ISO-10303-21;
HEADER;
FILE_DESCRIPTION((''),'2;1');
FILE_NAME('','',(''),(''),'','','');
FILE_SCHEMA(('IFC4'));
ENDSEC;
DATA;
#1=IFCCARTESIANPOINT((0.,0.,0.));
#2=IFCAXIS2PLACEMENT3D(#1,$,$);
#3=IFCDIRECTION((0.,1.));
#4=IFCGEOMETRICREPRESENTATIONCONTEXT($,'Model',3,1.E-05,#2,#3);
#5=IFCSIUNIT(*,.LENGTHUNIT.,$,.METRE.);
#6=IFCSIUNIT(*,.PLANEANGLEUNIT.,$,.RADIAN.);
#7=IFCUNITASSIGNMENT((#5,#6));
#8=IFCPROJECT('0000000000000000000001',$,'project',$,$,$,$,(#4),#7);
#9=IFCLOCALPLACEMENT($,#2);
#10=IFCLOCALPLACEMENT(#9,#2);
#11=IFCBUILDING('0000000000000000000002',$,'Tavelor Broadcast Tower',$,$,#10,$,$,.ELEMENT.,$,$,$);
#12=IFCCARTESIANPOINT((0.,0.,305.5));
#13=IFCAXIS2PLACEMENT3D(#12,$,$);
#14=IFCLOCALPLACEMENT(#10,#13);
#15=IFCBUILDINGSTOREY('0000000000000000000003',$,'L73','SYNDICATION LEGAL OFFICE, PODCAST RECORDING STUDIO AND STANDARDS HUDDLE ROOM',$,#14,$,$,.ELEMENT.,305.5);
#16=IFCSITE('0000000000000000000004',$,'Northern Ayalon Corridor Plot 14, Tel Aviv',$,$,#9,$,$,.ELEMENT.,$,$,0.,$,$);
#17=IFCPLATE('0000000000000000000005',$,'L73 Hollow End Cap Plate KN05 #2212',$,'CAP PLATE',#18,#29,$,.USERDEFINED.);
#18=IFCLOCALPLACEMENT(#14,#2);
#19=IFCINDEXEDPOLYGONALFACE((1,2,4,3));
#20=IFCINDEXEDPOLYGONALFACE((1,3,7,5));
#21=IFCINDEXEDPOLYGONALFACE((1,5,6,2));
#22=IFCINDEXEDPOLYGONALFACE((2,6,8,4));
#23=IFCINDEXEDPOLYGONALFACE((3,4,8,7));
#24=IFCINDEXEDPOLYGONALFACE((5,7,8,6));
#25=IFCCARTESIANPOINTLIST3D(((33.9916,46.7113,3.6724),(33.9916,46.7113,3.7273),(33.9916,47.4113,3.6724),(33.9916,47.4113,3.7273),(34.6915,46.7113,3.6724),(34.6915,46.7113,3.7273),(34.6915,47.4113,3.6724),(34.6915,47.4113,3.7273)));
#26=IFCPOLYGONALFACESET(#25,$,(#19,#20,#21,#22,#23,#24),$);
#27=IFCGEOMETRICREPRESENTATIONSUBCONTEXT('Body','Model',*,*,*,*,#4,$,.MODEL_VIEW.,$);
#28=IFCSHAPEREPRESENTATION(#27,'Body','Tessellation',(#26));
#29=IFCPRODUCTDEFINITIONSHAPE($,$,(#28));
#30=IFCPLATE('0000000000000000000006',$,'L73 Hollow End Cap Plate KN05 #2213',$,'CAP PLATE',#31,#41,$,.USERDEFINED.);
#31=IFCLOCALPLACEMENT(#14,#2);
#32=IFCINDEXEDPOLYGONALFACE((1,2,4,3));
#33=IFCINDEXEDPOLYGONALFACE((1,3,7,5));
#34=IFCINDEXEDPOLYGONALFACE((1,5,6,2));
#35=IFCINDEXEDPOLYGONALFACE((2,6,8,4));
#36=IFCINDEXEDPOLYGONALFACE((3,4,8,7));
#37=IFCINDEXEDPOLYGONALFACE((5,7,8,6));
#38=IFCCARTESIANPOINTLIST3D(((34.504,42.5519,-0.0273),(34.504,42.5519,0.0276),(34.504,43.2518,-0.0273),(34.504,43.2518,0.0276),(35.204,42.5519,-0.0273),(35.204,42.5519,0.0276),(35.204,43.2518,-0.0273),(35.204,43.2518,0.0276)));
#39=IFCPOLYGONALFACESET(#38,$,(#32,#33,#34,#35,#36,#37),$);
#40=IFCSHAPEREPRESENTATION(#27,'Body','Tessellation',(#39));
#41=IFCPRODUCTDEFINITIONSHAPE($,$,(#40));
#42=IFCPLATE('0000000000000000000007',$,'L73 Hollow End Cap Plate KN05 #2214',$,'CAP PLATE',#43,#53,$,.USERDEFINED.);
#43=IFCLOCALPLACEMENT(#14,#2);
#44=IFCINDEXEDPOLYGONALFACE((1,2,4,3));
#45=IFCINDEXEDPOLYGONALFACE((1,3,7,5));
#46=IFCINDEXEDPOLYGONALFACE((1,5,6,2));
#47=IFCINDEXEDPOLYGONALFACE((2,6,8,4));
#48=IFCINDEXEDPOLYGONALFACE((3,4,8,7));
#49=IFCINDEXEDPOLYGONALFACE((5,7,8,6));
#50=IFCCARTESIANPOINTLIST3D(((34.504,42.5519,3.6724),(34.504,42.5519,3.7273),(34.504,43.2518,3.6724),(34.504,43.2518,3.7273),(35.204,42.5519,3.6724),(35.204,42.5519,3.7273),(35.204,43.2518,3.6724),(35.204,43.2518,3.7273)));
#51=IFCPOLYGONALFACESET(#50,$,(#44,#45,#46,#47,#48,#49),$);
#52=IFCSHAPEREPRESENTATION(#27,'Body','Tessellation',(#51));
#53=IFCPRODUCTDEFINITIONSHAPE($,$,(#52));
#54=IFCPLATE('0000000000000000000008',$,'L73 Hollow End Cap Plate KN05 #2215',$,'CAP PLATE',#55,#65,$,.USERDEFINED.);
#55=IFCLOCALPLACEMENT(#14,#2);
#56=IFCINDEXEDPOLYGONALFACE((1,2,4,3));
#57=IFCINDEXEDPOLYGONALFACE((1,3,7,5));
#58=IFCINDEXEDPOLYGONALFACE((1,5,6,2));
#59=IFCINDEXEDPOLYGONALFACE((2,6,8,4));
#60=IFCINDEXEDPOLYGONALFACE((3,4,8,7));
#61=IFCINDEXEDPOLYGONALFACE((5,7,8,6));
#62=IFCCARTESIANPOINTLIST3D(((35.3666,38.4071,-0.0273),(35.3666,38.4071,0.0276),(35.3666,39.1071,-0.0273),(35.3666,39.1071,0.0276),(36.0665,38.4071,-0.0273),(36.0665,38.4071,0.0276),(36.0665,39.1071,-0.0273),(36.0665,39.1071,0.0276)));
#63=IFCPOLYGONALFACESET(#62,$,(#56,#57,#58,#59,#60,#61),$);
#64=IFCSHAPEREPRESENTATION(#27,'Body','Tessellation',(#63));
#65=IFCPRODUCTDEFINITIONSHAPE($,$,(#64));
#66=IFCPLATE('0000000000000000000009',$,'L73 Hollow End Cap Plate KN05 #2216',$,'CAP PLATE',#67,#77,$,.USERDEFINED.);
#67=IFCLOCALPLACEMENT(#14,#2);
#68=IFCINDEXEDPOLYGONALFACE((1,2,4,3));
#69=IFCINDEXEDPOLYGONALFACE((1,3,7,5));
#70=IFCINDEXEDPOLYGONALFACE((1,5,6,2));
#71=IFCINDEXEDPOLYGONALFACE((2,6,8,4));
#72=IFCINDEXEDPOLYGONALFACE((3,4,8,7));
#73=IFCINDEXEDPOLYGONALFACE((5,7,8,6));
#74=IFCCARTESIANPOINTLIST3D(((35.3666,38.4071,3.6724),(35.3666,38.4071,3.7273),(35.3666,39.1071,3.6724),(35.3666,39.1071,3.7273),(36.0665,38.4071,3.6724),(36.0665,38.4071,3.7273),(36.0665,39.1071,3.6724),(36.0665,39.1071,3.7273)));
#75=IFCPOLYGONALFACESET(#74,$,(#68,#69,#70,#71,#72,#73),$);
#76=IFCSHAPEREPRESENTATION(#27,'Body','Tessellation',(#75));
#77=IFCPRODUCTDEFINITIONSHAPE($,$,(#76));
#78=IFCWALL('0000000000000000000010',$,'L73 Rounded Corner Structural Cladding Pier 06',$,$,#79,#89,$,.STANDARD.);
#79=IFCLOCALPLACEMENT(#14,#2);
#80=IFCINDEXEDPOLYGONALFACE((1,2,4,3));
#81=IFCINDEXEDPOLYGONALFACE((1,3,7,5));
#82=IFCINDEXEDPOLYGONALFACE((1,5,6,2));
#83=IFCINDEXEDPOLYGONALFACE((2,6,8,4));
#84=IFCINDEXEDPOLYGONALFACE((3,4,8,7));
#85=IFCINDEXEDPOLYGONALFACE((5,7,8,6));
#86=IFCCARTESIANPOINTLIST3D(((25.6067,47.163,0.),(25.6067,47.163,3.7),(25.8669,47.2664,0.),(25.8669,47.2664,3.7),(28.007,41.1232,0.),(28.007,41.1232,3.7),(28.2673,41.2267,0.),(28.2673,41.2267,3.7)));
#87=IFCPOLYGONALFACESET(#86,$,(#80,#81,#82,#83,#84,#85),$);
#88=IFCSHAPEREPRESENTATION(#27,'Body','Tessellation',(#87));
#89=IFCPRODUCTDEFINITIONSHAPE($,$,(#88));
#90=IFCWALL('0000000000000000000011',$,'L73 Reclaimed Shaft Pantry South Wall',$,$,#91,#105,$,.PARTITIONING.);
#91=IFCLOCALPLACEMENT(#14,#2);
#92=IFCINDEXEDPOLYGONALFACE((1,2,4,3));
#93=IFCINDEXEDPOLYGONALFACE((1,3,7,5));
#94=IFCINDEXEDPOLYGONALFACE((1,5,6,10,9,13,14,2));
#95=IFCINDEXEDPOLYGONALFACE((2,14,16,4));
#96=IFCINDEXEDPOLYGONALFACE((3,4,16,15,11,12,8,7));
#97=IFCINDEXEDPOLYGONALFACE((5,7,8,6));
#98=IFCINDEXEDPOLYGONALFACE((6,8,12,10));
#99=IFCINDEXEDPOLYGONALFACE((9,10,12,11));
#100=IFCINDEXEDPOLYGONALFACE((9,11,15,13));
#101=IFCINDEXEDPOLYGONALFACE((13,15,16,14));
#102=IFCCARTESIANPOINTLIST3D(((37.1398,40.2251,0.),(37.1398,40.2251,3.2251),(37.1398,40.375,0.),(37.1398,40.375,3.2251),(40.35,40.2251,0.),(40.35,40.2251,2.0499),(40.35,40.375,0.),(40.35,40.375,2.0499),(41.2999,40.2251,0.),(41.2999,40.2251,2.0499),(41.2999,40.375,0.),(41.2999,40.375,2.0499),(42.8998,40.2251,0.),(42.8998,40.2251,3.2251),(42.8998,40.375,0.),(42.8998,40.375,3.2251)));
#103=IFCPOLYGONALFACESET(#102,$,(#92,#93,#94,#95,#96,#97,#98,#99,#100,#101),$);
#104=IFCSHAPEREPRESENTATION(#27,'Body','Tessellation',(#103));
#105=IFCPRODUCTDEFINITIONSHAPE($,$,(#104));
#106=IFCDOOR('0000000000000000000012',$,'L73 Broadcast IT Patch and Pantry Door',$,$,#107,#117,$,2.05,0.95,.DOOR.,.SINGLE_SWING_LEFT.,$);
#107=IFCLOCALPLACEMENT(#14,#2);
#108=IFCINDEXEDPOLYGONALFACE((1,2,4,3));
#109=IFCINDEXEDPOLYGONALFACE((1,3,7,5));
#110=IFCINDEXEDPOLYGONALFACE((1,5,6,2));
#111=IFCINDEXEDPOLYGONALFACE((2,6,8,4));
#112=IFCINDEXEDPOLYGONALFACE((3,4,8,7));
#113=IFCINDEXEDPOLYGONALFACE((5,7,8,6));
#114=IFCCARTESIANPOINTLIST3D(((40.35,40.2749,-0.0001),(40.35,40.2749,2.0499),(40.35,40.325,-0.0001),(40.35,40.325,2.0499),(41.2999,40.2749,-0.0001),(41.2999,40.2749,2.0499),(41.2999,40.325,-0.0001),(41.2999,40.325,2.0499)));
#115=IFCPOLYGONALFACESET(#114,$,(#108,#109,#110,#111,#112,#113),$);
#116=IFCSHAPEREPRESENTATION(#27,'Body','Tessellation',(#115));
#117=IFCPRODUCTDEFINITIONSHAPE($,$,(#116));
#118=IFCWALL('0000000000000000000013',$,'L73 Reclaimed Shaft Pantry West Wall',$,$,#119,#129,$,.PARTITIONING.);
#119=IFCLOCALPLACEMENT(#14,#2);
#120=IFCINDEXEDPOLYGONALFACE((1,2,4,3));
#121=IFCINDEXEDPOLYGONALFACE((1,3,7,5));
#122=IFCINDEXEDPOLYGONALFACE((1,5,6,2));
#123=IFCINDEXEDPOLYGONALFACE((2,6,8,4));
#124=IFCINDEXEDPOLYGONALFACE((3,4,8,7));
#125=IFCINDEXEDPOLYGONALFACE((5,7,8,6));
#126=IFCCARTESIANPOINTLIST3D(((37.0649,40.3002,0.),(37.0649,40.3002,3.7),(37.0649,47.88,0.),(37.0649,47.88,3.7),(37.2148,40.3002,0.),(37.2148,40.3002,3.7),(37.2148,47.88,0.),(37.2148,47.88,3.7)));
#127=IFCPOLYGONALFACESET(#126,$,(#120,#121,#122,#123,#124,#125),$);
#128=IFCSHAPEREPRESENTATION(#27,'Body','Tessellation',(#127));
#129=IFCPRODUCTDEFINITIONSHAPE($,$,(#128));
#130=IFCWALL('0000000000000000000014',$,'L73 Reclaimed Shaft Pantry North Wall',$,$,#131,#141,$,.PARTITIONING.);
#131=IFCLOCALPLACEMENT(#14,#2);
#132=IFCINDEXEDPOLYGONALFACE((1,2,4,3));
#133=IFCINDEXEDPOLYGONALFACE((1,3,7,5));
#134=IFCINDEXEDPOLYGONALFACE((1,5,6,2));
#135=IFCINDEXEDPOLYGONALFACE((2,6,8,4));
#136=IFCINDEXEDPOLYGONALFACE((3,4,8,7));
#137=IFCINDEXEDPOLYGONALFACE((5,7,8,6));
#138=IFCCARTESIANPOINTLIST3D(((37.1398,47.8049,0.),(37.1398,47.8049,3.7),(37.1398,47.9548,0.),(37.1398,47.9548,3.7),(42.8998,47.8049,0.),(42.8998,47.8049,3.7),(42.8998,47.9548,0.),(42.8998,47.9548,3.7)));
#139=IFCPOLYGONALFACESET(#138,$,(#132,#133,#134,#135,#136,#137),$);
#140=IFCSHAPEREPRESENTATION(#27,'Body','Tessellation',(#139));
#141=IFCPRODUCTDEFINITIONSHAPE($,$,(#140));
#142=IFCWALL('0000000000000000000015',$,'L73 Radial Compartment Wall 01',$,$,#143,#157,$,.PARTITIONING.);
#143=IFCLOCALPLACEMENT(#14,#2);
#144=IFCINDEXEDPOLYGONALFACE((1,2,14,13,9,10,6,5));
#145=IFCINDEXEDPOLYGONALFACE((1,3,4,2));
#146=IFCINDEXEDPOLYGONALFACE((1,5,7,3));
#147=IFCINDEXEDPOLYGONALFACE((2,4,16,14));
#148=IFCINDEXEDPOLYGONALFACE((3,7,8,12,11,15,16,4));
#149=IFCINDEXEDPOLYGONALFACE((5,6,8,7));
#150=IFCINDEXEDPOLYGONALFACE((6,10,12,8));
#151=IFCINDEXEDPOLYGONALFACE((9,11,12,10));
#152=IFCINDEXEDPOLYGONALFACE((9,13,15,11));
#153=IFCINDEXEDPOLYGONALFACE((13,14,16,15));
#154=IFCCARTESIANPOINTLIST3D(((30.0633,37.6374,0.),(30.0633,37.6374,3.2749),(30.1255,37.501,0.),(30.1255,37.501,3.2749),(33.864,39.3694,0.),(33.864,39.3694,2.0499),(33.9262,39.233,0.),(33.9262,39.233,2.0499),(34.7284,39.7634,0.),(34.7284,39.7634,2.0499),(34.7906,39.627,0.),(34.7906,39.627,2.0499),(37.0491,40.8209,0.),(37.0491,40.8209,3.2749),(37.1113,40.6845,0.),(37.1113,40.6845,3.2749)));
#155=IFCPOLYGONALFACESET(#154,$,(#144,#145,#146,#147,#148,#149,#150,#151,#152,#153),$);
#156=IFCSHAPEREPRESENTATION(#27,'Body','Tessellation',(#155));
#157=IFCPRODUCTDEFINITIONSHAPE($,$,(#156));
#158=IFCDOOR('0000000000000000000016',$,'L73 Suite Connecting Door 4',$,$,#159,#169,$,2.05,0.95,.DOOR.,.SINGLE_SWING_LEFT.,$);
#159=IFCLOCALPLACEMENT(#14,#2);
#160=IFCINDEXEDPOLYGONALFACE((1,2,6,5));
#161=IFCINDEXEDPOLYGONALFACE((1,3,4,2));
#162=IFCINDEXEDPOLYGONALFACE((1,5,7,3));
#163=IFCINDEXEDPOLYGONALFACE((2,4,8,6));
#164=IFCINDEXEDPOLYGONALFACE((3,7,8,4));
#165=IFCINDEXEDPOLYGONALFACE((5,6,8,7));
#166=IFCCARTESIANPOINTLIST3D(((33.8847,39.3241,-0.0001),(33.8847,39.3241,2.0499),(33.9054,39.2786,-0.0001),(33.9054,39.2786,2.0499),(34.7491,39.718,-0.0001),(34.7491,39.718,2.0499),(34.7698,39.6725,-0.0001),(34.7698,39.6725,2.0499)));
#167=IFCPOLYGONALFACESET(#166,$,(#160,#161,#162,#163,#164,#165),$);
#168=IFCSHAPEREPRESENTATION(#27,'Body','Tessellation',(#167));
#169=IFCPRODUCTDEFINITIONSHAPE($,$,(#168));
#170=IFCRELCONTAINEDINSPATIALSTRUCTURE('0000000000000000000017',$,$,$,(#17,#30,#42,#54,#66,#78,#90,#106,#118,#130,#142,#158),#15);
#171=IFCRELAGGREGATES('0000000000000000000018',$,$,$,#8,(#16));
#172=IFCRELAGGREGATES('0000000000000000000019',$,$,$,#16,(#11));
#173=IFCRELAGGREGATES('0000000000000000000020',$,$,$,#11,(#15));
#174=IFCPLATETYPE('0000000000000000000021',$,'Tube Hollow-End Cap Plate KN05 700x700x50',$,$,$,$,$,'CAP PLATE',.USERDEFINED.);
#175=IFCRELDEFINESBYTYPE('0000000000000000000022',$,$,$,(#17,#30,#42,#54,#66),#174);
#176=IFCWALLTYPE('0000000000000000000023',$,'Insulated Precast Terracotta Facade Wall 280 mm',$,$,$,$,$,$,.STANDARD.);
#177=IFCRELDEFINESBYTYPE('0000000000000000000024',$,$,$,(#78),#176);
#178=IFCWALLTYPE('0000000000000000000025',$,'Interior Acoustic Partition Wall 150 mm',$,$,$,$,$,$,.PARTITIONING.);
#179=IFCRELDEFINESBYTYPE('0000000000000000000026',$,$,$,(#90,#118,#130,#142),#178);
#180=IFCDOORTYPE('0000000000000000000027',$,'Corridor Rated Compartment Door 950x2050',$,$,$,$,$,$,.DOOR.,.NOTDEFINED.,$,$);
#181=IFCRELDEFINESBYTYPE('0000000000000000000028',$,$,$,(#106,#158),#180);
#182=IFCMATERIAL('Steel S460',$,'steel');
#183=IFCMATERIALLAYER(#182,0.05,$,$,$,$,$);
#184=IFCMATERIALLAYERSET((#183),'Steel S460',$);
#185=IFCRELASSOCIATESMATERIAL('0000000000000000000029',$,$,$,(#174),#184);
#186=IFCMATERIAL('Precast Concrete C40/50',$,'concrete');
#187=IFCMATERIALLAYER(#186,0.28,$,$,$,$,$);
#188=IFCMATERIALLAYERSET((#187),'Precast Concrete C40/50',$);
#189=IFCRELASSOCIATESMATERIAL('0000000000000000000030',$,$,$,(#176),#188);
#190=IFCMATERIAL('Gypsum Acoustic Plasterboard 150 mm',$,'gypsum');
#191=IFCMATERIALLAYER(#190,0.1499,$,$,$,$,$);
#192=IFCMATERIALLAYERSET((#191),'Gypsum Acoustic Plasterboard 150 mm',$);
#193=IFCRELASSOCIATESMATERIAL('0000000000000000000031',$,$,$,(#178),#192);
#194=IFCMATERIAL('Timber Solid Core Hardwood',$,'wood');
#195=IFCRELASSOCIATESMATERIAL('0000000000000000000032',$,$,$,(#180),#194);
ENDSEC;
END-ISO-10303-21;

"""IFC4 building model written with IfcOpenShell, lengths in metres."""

from ifc_helpers import new_model, si_unit, direction, frame, frame_2d, origin, origin_2d, place, context, subcontext, project, spatial, rectangle, extrude, source, transform, mapped, material, layer, layer_set, type_object, type_shapes, element, fill, save


model = new_model("IFC4")

# Units and contexts
model_context = context("Model", 3, precision=1e-05, world=origin(), true_north=direction((0.0, 1.0)))
body_context = subcontext(model_context, "Body", "Model", "MODEL_VIEW")
ifc_project = project(units=[si_unit("LENGTHUNIT", "METRE"), si_unit("PLANEANGLEUNIT", "RADIAN")], contexts=[model_context])

# Site, building, storey
site_placement = place(None, origin())
site = spatial("IfcSite", under=ifc_project, at=site_placement, Name="Northern Ayalon Corridor Plot 14, Tel Aviv", CompositionType="ELEMENT", RefElevation=0.0)
building_placement = place(site_placement, origin())
building = spatial("IfcBuilding", under=site, at=building_placement, Name="Tavelor Broadcast Tower", CompositionType="ELEMENT")
storey_placement = place(building_placement, frame((0.0, 0.0, 305.5)))
storey = spatial("IfcBuildingStorey", under=building, at=storey_placement, Name="L73", Description="SYNDICATION LEGAL OFFICE, PODCAST RECORDING STUDIO AND STANDARDS HUDDLE ROOM", CompositionType="ELEMENT", Elevation=305.5)

# Shared definitions
ifc_material_1 = material(Name="Steel S460", Category="steel")

# Plates
ifc_layer_1 = layer(ifc_material_1, 0.05)
ifc_layer_set_1 = layer_set([ifc_layer_1], Name="Steel S460")
plate_type = type_object("IfcPlateType", Name="Tube Hollow-End Cap Plate KN05 700x700x50", ElementType="CAP PLATE", PredefinedType="USERDEFINED", material=ifc_layer_set_1)
shared_shape_1 = source(origin(), body_context, "Body", "SweptSolid", [
    extrude(rectangle(XDim=0.7, YDim=0.7, at=origin_2d()), origin(), (0.0, 0.0, 1.0), 0.0549),
])
type_shapes(plate_type, [shared_shape_1])
for number, where, z_axis, x_axis, name in (
    (1, (34.3416, 47.0613, 3.6724), (0.0, 0.0, 1.0), (1.0, 0.0, 0.0), "L73 Hollow End Cap Plate KN05 #2212"),
    (2, (34.854, 42.9019, -0.0273), (0.0, 0.0, 1.0), (1.0, 0.0, 0.0), "L73 Hollow End Cap Plate KN05 #2213"),
    (3, (34.854, 42.9019, 3.6724), (0.0, 0.0, 1.0), (1.0, 0.0, 0.0), "L73 Hollow End Cap Plate KN05 #2214"),
    (4, (35.7166, 38.7571, -0.0273), (0.0, 0.0, 1.0), (1.0, 0.0, 0.0), "L73 Hollow End Cap Plate KN05 #2215"),
    (5, (35.7166, 38.7571, 3.6724), (0.0, 0.0, 1.0), (1.0, 0.0, 0.0), "L73 Hollow End Cap Plate KN05 #2216"),
):
    element("IfcPlate", number, at=place(storey_placement, frame(where, z_axis=z_axis, x_axis=x_axis)), inside=storey, type_object=plate_type, Name=name, ObjectType="CAP PLATE", PredefinedType="USERDEFINED", context=body_context, shape_type="MappedRepresentation", body=[
        mapped(shared_shape_1, transform((0.0, 0.0, 0.0), scale=1.0)),
    ])

# Wall
ifc_material_2 = material(Name="Precast Concrete C40/50", Category="concrete")
ifc_layer_2 = layer(ifc_material_2, 0.28)
ifc_layer_set_2 = layer_set([ifc_layer_2], Name="Precast Concrete C40/50")
wall_type_1 = type_object("IfcWallType", Name="Insulated Precast Terracotta Facade Wall 280 mm", PredefinedType="STANDARD", material=ifc_layer_set_2)
wall_1_placement = place(storey_placement, frame((25.7368, 47.2146, 0.0), z_axis=(0.0, 0.0, 1.0), x_axis=(0.36933, -0.929298, 0.0)))
element("IfcWall", 6, at=wall_1_placement, inside=storey, type_object=wall_type_1, Name="L73 Rounded Corner Structural Cladding Pier 06", PredefinedType="STANDARD", context=body_context, shape_type="SweptSolid", body=[
    extrude(rectangle(XDim=6.4993, YDim=0.28, at=frame_2d((3.2495, 0.0))), origin(), (0.0, 0.0, 1.0), 3.7),
])

# Wall, opening, door
ifc_material_3 = material(Name="Gypsum Acoustic Plasterboard 150 mm", Category="gypsum")
ifc_layer_3 = layer(ifc_material_3, 0.1499)
ifc_layer_set_3 = layer_set([ifc_layer_3], Name="Gypsum Acoustic Plasterboard 150 mm")
wall_type_2 = type_object("IfcWallType", Name="Interior Acoustic Partition Wall 150 mm", PredefinedType="PARTITIONING", material=ifc_layer_set_3)
wall_2_placement = place(storey_placement, frame((37.1399, 40.3, 0.0), z_axis=(0.0, 0.0, 1.0), x_axis=(1.0, 0.0, 0.0)))
wall_2 = element("IfcWall", 7, at=wall_2_placement, inside=storey, type_object=wall_type_2, Name="L73 Reclaimed Shaft Pantry South Wall", PredefinedType="PARTITIONING", context=body_context, shape_type="SweptSolid", body=[
    extrude(rectangle(XDim=5.76, YDim=0.1499, at=frame_2d((2.8799, 0.0))), origin(), (0.0, 0.0, 1.0), 3.2251),
])
opening_1_placement = place(wall_2_placement, frame((3.21, 0.0, 0.0)))
opening_1 = element("IfcOpeningElement", 8, at=opening_1_placement, cuts=wall_2, PredefinedType="OPENING", context=body_context, shape_type="SweptSolid", body=[
    extrude(rectangle(XDim=0.95, YDim=2.05, at=frame_2d((0.4751, 1.0249))), frame((0.0, 0.085, 0.0), z_axis=(0.0, -1.0, 0.0), x_axis=(1.0, 0.0, 0.0)), (0.0, 0.0, 1.0), 0.1699),
])
ifc_material_4 = material(Name="Timber Solid Core Hardwood", Category="wood")
door_type = type_object("IfcDoorType", Name="Corridor Rated Compartment Door 950x2050", OperationType="NOTDEFINED", PredefinedType="DOOR", material=ifc_material_4)
door_1_placement = place(opening_1_placement, origin())
door_1 = element("IfcDoor", 9, at=door_1_placement, inside=storey, type_object=door_type, Name="L73 Broadcast IT Patch and Pantry Door", OperationType="SINGLE_SWING_LEFT", OverallHeight=2.05, OverallWidth=0.95, PredefinedType="DOOR", context=body_context, shape_type="SweptSolid", body=[
    extrude(rectangle(XDim=0.95, YDim=2.05, at=frame_2d((0.4751, 1.0249))), frame((0.0, 0.0249, 0.0), z_axis=(0.0, -1.0, 0.0), x_axis=(1.0, 0.0, 0.0)), (0.0, 0.0, 1.0), 0.05),
])
fill(opening_1, door_1)

# Walls
wall_3_placement = place(storey_placement, frame((37.1399, 40.3, 0.0), z_axis=(0.0, 0.0, 1.0), x_axis=(0.0, 1.0, 0.0)))
element("IfcWall", 10, at=wall_3_placement, inside=storey, type_object=wall_type_2, Name="L73 Reclaimed Shaft Pantry West Wall", PredefinedType="PARTITIONING", context=body_context, shape_type="SweptSolid", body=[
    extrude(rectangle(XDim=7.5798, YDim=0.1499, at=frame_2d((3.79, 0.0))), origin(), (0.0, 0.0, 1.0), 3.7),
])
wall_4_placement = place(storey_placement, frame((37.1399, 47.8799, 0.0), z_axis=(0.0, 0.0, 1.0), x_axis=(1.0, 0.0, 0.0)))
element("IfcWall", 11, at=wall_4_placement, inside=storey, type_object=wall_type_2, Name="L73 Reclaimed Shaft Pantry North Wall", PredefinedType="PARTITIONING", context=body_context, shape_type="SweptSolid", body=[
    extrude(rectangle(XDim=5.76, YDim=0.1499, at=frame_2d((2.8799, 0.0))), origin(), (0.0, 0.0, 1.0), 3.7),
])

# Wall, opening, door
wall_5_placement = place(storey_placement, frame((37.0801, 40.7527, 0.0), z_axis=(0.0, 0.0, 1.0), x_axis=(-0.909963, -0.414689, 0.0)))
wall_5 = element("IfcWall", 12, at=wall_5_placement, inside=storey, type_object=wall_type_2, Name="L73 Radial Compartment Wall 01", PredefinedType="PARTITIONING", context=body_context, shape_type="SweptSolid", body=[
    extrude(rectangle(XDim=7.677, YDim=0.1499, at=frame_2d((3.8384, 0.0))), origin(), (0.0, 0.0, 1.0), 3.2749),
])
opening_2_placement = place(wall_5_placement, frame((2.55, 0.0, 0.0)))
opening_2 = element("IfcOpeningElement", 13, at=opening_2_placement, cuts=wall_5, PredefinedType="OPENING", context=body_context, shape_type="SweptSolid", body=[
    extrude(rectangle(XDim=0.95, YDim=2.05, at=frame_2d((0.4751, 1.0249))), frame((0.0, 0.085, 0.0), z_axis=(0.0, -1.0, 0.0), x_axis=(1.0, 0.0, 0.0)), (0.0, 0.0, 1.0), 0.1699),
])
door_2_placement = place(opening_2_placement, origin())
door_2 = element("IfcDoor", 14, at=door_2_placement, inside=storey, type_object=door_type, Name="L73 Suite Connecting Door 4", OperationType="SINGLE_SWING_LEFT", OverallHeight=2.05, OverallWidth=0.95, PredefinedType="DOOR", context=body_context, shape_type="SweptSolid", body=[
    extrude(rectangle(XDim=0.95, YDim=2.05, at=frame_2d((0.4751, 1.0249))), frame((0.0, 0.0249, 0.0), z_axis=(0.0, -1.0, 0.0), x_axis=(1.0, 0.0, 0.0)), (0.0, 0.0, 1.0), 0.05),
])
fill(opening_2, door_2)

save(model, "model.ifc")
